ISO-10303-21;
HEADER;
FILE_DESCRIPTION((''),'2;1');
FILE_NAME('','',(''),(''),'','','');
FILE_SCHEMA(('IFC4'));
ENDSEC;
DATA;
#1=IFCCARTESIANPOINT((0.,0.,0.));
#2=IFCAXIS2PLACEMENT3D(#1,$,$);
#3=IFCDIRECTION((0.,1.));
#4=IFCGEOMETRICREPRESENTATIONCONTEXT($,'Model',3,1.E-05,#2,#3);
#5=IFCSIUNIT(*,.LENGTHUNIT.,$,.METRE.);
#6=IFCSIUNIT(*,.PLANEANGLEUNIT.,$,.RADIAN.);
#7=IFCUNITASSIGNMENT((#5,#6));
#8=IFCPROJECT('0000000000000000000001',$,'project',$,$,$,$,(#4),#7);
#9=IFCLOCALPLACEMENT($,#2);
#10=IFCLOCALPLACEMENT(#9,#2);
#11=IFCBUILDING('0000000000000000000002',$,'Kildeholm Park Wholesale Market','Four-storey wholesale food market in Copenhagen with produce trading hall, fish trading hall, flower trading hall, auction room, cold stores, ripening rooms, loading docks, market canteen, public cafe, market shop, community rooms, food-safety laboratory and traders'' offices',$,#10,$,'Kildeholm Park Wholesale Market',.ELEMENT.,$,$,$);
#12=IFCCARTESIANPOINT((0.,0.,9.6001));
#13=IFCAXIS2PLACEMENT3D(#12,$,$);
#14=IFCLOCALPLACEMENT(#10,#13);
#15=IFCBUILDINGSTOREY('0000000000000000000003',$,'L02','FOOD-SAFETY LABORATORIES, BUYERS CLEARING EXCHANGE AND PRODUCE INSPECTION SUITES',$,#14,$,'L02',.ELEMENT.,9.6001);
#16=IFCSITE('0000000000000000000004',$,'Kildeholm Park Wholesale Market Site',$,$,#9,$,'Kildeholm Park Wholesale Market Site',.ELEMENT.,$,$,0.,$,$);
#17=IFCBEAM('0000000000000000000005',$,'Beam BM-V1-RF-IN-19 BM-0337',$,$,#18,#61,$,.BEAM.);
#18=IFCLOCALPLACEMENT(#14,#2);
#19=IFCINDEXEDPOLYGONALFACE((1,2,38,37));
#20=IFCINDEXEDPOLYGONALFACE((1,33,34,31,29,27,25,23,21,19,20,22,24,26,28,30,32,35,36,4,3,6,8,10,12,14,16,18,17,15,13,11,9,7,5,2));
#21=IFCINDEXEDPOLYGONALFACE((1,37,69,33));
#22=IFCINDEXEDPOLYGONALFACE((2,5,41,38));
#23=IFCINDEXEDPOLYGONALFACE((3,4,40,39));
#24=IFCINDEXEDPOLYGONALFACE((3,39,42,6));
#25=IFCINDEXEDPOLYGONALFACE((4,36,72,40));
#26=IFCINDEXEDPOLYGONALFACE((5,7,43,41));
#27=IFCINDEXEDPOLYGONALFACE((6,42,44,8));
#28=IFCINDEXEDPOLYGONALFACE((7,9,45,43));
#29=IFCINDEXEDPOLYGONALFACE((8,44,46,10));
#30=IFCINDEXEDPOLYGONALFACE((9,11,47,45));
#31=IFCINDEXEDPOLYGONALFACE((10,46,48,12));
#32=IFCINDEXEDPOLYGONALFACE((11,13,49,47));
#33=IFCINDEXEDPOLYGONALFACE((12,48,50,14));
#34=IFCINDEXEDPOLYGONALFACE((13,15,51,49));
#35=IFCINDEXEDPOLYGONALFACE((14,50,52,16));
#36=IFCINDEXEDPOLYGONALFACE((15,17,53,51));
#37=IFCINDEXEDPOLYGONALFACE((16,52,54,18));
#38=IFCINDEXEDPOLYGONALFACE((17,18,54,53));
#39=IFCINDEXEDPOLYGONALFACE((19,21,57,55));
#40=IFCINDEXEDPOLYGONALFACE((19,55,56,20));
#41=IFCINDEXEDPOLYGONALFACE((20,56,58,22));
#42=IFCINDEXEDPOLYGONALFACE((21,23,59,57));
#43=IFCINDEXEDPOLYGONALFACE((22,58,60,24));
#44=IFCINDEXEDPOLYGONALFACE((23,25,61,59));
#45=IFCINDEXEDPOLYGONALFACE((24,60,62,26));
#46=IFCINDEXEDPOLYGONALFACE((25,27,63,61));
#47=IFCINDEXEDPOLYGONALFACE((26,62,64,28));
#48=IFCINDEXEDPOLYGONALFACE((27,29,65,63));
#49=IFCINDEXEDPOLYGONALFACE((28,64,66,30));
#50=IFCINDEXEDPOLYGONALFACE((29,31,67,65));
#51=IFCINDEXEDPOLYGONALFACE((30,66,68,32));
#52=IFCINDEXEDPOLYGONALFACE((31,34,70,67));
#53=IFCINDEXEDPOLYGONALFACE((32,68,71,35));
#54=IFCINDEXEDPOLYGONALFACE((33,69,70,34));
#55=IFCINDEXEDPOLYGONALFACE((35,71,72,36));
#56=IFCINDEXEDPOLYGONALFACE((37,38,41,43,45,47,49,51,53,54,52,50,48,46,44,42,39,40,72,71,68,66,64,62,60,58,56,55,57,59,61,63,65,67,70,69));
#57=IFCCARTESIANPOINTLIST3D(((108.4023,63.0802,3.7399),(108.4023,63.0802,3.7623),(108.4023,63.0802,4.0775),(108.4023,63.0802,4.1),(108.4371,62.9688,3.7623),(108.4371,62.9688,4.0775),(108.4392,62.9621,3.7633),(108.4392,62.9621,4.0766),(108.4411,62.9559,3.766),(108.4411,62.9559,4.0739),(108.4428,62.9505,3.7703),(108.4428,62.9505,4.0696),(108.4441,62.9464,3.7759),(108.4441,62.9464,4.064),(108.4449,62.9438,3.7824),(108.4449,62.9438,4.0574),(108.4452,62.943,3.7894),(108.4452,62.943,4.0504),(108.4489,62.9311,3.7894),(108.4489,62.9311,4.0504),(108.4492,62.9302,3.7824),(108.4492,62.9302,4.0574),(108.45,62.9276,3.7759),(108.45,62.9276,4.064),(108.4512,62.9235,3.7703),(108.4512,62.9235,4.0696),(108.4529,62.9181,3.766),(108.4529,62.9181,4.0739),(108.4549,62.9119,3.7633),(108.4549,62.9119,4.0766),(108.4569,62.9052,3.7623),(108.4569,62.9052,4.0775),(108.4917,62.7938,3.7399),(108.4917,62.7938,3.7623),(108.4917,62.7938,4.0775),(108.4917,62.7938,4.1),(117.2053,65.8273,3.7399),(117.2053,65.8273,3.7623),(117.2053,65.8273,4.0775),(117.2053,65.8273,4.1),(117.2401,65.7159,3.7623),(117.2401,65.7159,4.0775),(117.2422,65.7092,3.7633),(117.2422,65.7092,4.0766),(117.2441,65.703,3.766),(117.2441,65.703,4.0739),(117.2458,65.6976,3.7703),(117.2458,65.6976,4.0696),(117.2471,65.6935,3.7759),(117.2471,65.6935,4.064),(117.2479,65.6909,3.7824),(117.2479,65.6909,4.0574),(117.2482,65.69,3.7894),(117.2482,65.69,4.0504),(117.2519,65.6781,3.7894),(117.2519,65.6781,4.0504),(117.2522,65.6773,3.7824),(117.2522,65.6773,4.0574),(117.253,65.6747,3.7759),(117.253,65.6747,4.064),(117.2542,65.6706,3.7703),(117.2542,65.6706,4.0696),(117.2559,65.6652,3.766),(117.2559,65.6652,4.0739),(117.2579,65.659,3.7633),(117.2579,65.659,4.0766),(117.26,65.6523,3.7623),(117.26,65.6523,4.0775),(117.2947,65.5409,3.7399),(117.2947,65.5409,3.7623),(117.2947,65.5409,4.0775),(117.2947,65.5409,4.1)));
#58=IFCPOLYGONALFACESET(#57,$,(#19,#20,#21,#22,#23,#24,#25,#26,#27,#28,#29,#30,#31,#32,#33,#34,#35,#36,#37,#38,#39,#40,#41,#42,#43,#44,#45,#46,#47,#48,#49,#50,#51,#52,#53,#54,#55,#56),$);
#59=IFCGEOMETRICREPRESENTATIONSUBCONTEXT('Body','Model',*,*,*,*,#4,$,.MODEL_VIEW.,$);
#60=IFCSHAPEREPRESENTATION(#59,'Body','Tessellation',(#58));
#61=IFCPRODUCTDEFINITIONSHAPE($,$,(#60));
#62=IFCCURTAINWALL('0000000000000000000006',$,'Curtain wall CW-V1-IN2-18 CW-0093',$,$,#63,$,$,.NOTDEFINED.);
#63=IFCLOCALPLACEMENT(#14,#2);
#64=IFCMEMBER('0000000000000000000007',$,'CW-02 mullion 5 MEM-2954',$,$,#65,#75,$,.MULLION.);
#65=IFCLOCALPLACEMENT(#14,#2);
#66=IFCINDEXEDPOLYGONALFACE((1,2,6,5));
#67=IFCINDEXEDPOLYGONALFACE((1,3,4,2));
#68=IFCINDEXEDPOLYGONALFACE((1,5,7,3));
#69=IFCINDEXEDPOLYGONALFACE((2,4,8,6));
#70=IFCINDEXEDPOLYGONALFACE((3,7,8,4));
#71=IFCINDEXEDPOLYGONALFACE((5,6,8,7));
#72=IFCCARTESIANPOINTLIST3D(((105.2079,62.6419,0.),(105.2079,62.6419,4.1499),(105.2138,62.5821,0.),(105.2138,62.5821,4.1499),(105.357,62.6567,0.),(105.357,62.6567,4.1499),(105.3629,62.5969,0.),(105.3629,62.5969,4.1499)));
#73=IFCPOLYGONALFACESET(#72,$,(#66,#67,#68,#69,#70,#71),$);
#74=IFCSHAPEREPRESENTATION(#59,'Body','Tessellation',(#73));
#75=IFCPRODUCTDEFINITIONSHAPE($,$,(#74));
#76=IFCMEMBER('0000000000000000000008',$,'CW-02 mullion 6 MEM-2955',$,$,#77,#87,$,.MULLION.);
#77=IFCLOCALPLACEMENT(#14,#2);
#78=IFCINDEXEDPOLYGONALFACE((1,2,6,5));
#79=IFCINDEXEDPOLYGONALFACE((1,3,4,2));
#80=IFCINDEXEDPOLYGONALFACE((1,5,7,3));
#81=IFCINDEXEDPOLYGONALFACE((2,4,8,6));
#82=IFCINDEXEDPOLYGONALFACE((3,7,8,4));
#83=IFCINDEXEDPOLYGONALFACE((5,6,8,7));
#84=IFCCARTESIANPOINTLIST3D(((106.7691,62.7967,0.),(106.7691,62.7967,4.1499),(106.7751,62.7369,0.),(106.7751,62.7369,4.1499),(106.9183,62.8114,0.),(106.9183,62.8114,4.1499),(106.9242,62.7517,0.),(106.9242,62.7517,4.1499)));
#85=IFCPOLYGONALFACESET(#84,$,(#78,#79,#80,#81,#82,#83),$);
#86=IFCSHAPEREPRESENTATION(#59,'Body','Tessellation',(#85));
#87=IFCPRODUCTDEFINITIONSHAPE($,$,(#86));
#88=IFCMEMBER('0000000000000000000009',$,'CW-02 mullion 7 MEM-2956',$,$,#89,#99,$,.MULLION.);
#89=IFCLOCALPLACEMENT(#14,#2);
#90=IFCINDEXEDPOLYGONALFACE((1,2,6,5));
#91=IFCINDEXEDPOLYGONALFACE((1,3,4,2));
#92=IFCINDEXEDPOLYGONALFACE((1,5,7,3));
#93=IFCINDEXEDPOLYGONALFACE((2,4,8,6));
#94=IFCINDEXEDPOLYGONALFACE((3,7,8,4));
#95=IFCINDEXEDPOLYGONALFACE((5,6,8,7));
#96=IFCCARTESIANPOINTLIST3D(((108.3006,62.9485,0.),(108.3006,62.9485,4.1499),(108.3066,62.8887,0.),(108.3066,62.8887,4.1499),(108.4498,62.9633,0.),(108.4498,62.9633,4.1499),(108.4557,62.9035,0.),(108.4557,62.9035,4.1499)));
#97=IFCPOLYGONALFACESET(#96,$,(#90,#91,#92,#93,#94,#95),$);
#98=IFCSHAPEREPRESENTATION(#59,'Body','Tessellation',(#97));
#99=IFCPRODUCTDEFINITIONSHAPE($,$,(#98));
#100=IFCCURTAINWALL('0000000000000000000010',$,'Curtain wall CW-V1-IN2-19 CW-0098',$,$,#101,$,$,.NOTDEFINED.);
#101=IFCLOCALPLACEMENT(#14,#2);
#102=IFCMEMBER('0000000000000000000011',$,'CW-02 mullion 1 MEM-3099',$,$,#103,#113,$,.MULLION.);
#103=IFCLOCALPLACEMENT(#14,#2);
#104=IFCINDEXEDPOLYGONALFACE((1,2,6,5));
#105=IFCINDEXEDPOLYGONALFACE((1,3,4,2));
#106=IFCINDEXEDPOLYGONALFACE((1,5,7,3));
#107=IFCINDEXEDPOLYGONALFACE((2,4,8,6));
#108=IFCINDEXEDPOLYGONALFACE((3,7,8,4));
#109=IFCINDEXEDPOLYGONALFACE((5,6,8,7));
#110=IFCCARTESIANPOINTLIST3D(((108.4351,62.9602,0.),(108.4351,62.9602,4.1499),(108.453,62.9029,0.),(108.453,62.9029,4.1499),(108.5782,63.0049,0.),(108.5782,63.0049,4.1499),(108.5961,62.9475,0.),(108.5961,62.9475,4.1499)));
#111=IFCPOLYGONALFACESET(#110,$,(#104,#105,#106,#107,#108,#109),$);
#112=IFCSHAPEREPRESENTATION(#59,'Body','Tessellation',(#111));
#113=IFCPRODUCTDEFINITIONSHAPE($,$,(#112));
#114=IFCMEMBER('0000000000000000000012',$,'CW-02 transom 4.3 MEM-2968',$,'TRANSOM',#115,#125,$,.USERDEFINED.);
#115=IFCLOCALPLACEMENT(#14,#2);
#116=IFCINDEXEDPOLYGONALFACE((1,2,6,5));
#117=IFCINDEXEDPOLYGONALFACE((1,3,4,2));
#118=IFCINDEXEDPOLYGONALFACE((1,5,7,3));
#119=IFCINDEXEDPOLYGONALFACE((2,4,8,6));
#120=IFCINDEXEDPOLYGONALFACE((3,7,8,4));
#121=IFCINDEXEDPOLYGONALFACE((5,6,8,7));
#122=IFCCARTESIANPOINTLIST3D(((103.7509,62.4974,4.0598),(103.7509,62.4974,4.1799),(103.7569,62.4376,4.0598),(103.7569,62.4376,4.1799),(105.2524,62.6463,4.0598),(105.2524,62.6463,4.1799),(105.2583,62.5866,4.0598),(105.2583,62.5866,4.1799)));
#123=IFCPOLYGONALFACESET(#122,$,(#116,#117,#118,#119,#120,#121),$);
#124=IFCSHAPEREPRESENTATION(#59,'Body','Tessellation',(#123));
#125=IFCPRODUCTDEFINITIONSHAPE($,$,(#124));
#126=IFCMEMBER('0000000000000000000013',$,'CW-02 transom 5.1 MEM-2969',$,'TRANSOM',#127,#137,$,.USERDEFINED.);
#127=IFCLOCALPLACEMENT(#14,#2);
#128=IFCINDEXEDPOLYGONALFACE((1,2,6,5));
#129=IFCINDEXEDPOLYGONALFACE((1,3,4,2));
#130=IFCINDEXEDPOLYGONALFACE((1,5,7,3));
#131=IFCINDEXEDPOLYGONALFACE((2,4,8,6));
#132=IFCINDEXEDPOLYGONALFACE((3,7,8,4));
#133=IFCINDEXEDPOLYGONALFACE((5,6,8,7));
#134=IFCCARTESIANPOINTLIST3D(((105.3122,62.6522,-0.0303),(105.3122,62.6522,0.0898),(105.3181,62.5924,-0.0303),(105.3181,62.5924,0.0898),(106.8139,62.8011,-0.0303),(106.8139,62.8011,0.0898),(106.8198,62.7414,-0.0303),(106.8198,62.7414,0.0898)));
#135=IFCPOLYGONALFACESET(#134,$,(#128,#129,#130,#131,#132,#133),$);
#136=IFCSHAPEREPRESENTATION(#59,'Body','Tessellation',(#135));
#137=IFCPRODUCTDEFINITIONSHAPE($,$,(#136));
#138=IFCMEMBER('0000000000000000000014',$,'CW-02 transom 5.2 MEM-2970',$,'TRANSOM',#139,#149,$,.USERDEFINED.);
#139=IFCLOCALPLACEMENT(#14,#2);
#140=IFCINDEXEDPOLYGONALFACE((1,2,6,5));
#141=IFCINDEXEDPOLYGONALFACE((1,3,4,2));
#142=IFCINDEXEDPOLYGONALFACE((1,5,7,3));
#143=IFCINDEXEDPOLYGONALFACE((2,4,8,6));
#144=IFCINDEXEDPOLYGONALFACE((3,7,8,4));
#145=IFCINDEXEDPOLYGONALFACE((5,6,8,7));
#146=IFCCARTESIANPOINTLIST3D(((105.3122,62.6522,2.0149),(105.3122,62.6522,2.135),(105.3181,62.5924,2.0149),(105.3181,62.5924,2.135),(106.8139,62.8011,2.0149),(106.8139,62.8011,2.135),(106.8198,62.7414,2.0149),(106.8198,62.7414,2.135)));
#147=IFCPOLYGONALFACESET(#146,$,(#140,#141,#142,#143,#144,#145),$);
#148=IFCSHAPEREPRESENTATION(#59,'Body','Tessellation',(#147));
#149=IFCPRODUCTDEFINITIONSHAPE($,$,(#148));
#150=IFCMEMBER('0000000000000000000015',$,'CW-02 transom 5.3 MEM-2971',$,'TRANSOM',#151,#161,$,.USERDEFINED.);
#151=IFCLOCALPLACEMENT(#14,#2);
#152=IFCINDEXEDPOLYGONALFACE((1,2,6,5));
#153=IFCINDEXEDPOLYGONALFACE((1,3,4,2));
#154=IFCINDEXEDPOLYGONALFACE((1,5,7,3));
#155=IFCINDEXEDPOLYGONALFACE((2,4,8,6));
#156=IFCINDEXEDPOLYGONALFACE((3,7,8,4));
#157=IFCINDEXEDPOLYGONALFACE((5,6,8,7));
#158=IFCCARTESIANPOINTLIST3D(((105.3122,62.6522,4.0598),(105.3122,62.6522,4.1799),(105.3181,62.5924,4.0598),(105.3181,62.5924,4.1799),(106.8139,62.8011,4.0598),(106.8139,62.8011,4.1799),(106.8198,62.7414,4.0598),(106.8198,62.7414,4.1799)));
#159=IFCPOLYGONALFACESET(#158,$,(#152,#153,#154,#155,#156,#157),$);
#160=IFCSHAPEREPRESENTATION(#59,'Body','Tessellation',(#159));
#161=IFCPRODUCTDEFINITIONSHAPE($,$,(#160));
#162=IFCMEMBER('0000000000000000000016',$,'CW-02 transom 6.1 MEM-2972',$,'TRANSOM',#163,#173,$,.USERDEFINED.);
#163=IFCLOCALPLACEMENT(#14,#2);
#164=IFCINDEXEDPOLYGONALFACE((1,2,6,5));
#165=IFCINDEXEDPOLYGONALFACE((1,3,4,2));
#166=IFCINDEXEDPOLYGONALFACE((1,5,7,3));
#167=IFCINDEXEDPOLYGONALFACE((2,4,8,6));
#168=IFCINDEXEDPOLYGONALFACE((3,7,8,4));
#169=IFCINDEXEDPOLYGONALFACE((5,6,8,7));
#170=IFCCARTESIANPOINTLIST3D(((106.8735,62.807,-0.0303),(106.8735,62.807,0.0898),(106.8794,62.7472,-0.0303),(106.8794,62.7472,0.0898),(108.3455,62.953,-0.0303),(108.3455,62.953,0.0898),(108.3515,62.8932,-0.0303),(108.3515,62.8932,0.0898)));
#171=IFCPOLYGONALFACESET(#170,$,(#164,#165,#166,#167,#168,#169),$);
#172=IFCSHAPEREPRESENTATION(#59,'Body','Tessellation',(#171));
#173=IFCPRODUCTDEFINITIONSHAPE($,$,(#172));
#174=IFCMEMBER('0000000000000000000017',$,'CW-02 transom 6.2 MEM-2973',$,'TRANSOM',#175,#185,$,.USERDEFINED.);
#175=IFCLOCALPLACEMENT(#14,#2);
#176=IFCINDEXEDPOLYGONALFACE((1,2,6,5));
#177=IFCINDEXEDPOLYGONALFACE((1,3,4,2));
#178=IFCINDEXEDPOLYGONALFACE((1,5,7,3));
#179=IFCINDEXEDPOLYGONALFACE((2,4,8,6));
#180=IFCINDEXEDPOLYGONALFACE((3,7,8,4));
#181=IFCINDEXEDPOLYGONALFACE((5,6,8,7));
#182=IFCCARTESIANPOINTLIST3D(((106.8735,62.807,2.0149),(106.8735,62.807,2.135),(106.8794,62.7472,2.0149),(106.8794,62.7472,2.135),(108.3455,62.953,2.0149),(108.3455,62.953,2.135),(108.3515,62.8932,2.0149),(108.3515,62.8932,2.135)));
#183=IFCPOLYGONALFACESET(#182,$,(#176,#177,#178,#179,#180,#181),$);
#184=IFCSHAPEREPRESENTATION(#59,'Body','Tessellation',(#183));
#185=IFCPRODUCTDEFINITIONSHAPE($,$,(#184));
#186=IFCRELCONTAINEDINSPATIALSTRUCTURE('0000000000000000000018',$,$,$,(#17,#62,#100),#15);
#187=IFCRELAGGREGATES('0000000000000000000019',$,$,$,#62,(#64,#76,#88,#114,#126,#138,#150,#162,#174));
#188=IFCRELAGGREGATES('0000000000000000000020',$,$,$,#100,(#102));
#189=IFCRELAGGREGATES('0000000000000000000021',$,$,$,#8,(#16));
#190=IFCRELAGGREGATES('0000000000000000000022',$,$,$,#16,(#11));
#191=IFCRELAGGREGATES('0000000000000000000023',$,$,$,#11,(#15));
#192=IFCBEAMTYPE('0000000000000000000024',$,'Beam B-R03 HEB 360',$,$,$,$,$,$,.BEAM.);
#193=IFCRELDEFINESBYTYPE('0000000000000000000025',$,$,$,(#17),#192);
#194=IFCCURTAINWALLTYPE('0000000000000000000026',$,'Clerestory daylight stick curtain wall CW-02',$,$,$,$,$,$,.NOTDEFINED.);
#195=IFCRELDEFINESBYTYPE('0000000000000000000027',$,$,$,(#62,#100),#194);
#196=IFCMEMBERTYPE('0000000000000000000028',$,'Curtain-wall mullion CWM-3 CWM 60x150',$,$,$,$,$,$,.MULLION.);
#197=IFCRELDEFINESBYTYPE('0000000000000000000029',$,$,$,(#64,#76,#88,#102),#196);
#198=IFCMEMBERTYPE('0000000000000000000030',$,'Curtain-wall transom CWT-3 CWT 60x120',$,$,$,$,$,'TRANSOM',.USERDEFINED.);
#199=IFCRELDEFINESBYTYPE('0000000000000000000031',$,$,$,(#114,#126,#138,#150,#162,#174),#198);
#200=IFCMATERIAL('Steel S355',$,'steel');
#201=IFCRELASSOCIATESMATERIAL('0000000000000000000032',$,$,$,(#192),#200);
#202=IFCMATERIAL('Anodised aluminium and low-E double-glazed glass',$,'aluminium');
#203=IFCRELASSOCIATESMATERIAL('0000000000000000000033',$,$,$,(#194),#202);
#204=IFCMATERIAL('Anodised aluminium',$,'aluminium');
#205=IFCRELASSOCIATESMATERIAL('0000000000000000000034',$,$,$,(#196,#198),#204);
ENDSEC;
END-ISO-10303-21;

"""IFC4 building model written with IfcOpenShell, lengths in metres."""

from ifc_helpers import new_model, si_unit, direction, frame, origin, origin_2d, place, context, subcontext, project, spatial, rectangle, i_section, extrude, material, material_profile, profile_set, type_object, element, aggregate, save


model = new_model("IFC4")

# Units and contexts
model_context = context("Model", 3, precision=1e-05, world=origin(), true_north=direction((0.0, 1.0)))
body_context = subcontext(model_context, "Body", "Model", "MODEL_VIEW")
ifc_project = project(units=[si_unit("LENGTHUNIT", "METRE"), si_unit("PLANEANGLEUNIT", "RADIAN")], contexts=[model_context])

# Site, building, storey
site_placement = place(None, origin())
site = spatial("IfcSite", under=ifc_project, at=site_placement, Name="Kildeholm Park Wholesale Market Site", LongName="Kildeholm Park Wholesale Market Site", CompositionType="ELEMENT", RefElevation=0.0)
building_placement = place(site_placement, origin())
building = spatial("IfcBuilding", under=site, at=building_placement, Name="Kildeholm Park Wholesale Market", Description="Four-storey wholesale food market in Copenhagen with produce trading hall, fish trading hall, flower trading hall, auction room, cold stores, ripening rooms, loading docks, market canteen, public cafe, market shop, community rooms, food-safety laboratory and traders' offices", LongName="Kildeholm Park Wholesale Market", CompositionType="ELEMENT")
storey_placement = place(building_placement, frame((0.0, 0.0, 9.6001)))
storey = spatial("IfcBuildingStorey", under=building, at=storey_placement, Name="L02", Description="FOOD-SAFETY LABORATORIES, BUYERS CLEARING EXCHANGE AND PRODUCE INSPECTION SUITES", LongName="L02", CompositionType="ELEMENT", Elevation=9.6001)

# Shared definitions
ifc_material_1 = material(Name="Steel S355", Category="steel")

# Beam
ifc_material_profile_1 = material_profile(ifc_material_1, i_section(OverallWidth=0.3, OverallDepth=0.3601, WebThickness=0.0125, FlangeThickness=0.0225, FilletRadius=0.0271, at=origin_2d()), Name="HEB 360")
ifc_profile_set_1 = profile_set([ifc_material_profile_1], Name="Steel S355")
beam_type_1 = type_object("IfcBeamType", Name="Beam B-R03 HEB 360", PredefinedType="BEAM", material=ifc_profile_set_1)
beam_1_placement = place(storey_placement, frame((108.447, 62.937, 3.9199), z_axis=(0.954599, 0.297894, 0.0), x_axis=(-0.297894, 0.954599, 0.0)))
element("IfcBeam", 1, at=beam_1_placement, inside=storey, type_object=beam_type_1, Name="Beam BM-V1-RF-IN-19 BM-0337", PredefinedType="BEAM", context=body_context, shape_type="SweptSolid", body=[
    extrude(i_section(OverallWidth=0.3, OverallDepth=0.3601, WebThickness=0.0125, FlangeThickness=0.0225, FilletRadius=0.0271, at=origin_2d()), origin(), (0.0, 0.0, 1.0), 9.2217),
])

# Curtain wall, members
ifc_material_2 = material(Name="Anodised aluminium and low-E double-glazed glass", Category="aluminium")
curtain_wall_type = type_object("IfcCurtainWallType", Name="Clerestory daylight stick curtain wall CW-02", PredefinedType="NOTDEFINED", material=ifc_material_2)
curtain_wall_1_placement = place(storey_placement, origin())
curtain_wall_1 = element("IfcCurtainWall", 2, at=curtain_wall_1_placement, inside=storey, type_object=curtain_wall_type, Name="Curtain wall CW-V1-IN2-18 CW-0093", PredefinedType="NOTDEFINED")
ifc_material_3 = material(Name="Anodised aluminium", Category="aluminium")
ifc_material_profile_2 = material_profile(ifc_material_3, rectangle(XDim=0.0601, YDim=0.1499, at=origin_2d()), Name="CWM 60x150")
ifc_profile_set_2 = profile_set([ifc_material_profile_2], Name="Anodised aluminium")
member_type_1 = type_object("IfcMemberType", Name="Curtain-wall mullion CWM-3 CWM 60x150", PredefinedType="MULLION", material=ifc_profile_set_2)
member_1_placement = place(storey_placement, frame((105.2854, 62.6194, 0.0), z_axis=(0.0, 0.0, 1.0), x_axis=(-0.098683, 0.995119, 0.0)))
member_1 = element("IfcMember", 3, at=member_1_placement, type_object=member_type_1, Name="CW-02 mullion 5 MEM-2954", PredefinedType="MULLION", context=body_context, shape_type="SweptSolid", body=[
    extrude(rectangle(XDim=0.0601, YDim=0.1499, at=origin_2d()), origin(), (0.0, 0.0, 1.0), 4.1499),
])
member_2_placement = place(storey_placement, frame((106.8467, 62.7742, 0.0), z_axis=(0.0, 0.0, 1.0), x_axis=(-0.098683, 0.995119, 0.0)))
member_2 = element("IfcMember", 4, at=member_2_placement, type_object=member_type_1, Name="CW-02 mullion 6 MEM-2955", PredefinedType="MULLION", context=body_context, shape_type="SweptSolid", body=[
    extrude(rectangle(XDim=0.0601, YDim=0.1499, at=origin_2d()), origin(), (0.0, 0.0, 1.0), 4.1499),
])
member_3_placement = place(storey_placement, frame((108.3782, 62.926, 0.0), z_axis=(0.0, 0.0, 1.0), x_axis=(-0.098683, 0.995119, 0.0)))
member_3 = element("IfcMember", 5, at=member_3_placement, type_object=member_type_1, Name="CW-02 mullion 7 MEM-2956", PredefinedType="MULLION", context=body_context, shape_type="SweptSolid", body=[
    extrude(rectangle(XDim=0.0601, YDim=0.1499, at=origin_2d()), origin(), (0.0, 0.0, 1.0), 4.1499),
])

# Curtain wall, member
curtain_wall_2_placement = place(storey_placement, origin())
curtain_wall_2 = element("IfcCurtainWall", 6, at=curtain_wall_2_placement, inside=storey, type_object=curtain_wall_type, Name="Curtain wall CW-V1-IN2-19 CW-0098", PredefinedType="NOTDEFINED")
member_4_placement = place(storey_placement, frame((108.5156, 62.9539, 0.0), z_axis=(0.0, 0.0, 1.0), x_axis=(-0.297957, 0.954579, 0.0)))
member_4 = element("IfcMember", 7, at=member_4_placement, type_object=member_type_1, Name="CW-02 mullion 1 MEM-3099", PredefinedType="MULLION", context=body_context, shape_type="SweptSolid", body=[
    extrude(rectangle(XDim=0.0601, YDim=0.1499, at=origin_2d()), origin(), (0.0, 0.0, 1.0), 4.1499),
])

# Members
ifc_material_profile_3 = material_profile(ifc_material_3, rectangle(XDim=0.0601, YDim=0.1201, at=origin_2d()), Name="CWT 60x120")
ifc_profile_set_3 = profile_set([ifc_material_profile_3], Name="Anodised aluminium")
member_type_2 = type_object("IfcMemberType", Name="Curtain-wall transom CWT-3 CWT 60x120", ElementType="TRANSOM", PredefinedType="USERDEFINED", material=ifc_profile_set_3)
member_5_placement = place(storey_placement, frame((103.7539, 62.4675, 4.1199), z_axis=(0.995117, 0.098703, 0.0), x_axis=(-0.098703, 0.995117, 0.0)))
member_5 = element("IfcMember", 8, at=member_5_placement, type_object=member_type_2, Name="CW-02 transom 4.3 MEM-2968", ObjectType="TRANSOM", PredefinedType="USERDEFINED", context=body_context, shape_type="SweptSolid", body=[
    extrude(rectangle(XDim=0.0601, YDim=0.1201, at=origin_2d()), origin(), (0.0, 0.0, 1.0), 1.5088),
])
member_6_placement = place(storey_placement, frame((105.3152, 62.6223, 0.0298), z_axis=(0.995119, 0.098687, 0.0), x_axis=(-0.098687, 0.995119, 0.0)))
member_6 = element("IfcMember", 9, at=member_6_placement, type_object=member_type_2, Name="CW-02 transom 5.1 MEM-2969", ObjectType="TRANSOM", PredefinedType="USERDEFINED", context=body_context, shape_type="SweptSolid", body=[
    extrude(rectangle(XDim=0.0601, YDim=0.1201, at=origin_2d()), origin(), (0.0, 0.0, 1.0), 1.509),
])
member_7_placement = place(storey_placement, frame((105.3152, 62.6223, 2.075), z_axis=(0.995119, 0.098687, 0.0), x_axis=(-0.098687, 0.995119, 0.0)))
member_7 = element("IfcMember", 10, at=member_7_placement, type_object=member_type_2, Name="CW-02 transom 5.2 MEM-2970", ObjectType="TRANSOM", PredefinedType="USERDEFINED", context=body_context, shape_type="SweptSolid", body=[
    extrude(rectangle(XDim=0.0601, YDim=0.1201, at=origin_2d()), origin(), (0.0, 0.0, 1.0), 1.509),
])
member_8_placement = place(storey_placement, frame((105.3152, 62.6223, 4.1199), z_axis=(0.995119, 0.098687, 0.0), x_axis=(-0.098687, 0.995119, 0.0)))
member_8 = element("IfcMember", 11, at=member_8_placement, type_object=member_type_2, Name="CW-02 transom 5.3 MEM-2971", ObjectType="TRANSOM", PredefinedType="USERDEFINED", context=body_context, shape_type="SweptSolid", body=[
    extrude(rectangle(XDim=0.0601, YDim=0.1201, at=origin_2d()), origin(), (0.0, 0.0, 1.0), 1.509),
])
member_9_placement = place(storey_placement, frame((106.8765, 62.7771, 0.0298), z_axis=(0.995117, 0.098703, 0.0), x_axis=(-0.098703, 0.995117, 0.0)))
member_9 = element("IfcMember", 12, at=member_9_placement, type_object=member_type_2, Name="CW-02 transom 6.1 MEM-2972", ObjectType="TRANSOM", PredefinedType="USERDEFINED", context=body_context, shape_type="SweptSolid", body=[
    extrude(rectangle(XDim=0.0601, YDim=0.1201, at=origin_2d()), origin(), (0.0, 0.0, 1.0), 1.4792),
])
member_10_placement = place(storey_placement, frame((106.8765, 62.7771, 2.075), z_axis=(0.995117, 0.098703, 0.0), x_axis=(-0.098703, 0.995117, 0.0)))
member_10 = element("IfcMember", 13, at=member_10_placement, type_object=member_type_2, Name="CW-02 transom 6.2 MEM-2973", ObjectType="TRANSOM", PredefinedType="USERDEFINED", context=body_context, shape_type="SweptSolid", body=[
    extrude(rectangle(XDim=0.0601, YDim=0.1201, at=origin_2d()), origin(), (0.0, 0.0, 1.0), 1.4792),
])

aggregate(curtain_wall_1, [member_1, member_2, member_3, member_5, member_6, member_7, member_8, member_9, member_10])
aggregate(curtain_wall_2, [member_4])

save(model, "model.ifc")
